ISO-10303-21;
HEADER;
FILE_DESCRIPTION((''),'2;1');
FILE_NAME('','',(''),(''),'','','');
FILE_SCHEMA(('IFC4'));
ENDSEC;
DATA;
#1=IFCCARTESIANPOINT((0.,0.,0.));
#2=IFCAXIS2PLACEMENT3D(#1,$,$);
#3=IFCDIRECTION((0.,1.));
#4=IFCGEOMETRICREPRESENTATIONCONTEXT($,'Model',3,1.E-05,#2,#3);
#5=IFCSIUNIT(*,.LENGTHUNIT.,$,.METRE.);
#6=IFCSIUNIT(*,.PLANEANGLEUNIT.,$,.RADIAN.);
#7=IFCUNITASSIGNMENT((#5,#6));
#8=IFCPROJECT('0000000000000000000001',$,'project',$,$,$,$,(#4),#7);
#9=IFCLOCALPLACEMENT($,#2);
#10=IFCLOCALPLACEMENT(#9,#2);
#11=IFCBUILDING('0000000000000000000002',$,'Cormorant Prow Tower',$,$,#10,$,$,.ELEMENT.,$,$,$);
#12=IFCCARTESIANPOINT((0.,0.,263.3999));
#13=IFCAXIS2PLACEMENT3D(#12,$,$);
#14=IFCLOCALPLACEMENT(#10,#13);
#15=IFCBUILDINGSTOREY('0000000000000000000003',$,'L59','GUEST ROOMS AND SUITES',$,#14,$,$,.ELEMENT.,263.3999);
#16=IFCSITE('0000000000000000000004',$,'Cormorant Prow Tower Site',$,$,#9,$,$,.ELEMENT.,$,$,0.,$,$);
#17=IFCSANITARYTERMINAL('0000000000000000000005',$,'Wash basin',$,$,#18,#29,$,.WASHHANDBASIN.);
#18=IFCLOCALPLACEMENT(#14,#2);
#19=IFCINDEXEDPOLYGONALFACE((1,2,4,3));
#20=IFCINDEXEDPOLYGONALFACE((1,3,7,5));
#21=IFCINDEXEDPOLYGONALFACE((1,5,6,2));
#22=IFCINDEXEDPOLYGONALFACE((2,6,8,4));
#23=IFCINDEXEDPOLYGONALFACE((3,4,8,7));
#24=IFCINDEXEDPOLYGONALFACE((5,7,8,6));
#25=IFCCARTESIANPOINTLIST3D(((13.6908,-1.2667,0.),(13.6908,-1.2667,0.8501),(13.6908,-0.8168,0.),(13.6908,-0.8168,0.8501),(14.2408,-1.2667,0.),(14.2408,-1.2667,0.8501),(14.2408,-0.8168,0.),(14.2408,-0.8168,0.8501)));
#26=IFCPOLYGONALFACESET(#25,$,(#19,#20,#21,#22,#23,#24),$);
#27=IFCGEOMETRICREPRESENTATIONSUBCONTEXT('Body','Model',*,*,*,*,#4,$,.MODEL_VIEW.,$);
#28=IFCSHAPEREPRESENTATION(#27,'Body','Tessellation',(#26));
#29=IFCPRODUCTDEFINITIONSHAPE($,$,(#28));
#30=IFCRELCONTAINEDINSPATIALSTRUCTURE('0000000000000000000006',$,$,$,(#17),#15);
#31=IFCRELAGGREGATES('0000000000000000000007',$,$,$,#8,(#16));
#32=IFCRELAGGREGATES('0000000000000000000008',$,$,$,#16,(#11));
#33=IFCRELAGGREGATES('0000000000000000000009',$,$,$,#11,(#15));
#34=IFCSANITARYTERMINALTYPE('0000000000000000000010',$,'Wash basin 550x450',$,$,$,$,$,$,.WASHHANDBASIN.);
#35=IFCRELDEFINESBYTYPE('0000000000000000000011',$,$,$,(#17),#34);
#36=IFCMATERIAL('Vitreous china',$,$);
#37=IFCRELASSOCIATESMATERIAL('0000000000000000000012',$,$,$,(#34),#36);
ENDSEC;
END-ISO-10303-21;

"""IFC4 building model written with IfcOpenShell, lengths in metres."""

from ifc_helpers import new_model, si_unit, direction, frame, origin, origin_2d, place, context, subcontext, project, spatial, rectangle, extrude, material, type_object, element, save


model = new_model("IFC4")

# Units and contexts
model_context = context("Model", 3, precision=1e-05, world=origin(), true_north=direction((0.0, 1.0)))
body_context = subcontext(model_context, "Body", "Model", "MODEL_VIEW")
ifc_project = project(units=[si_unit("LENGTHUNIT", "METRE"), si_unit("PLANEANGLEUNIT", "RADIAN")], contexts=[model_context])

# Site, building, storey
site_placement = place(None, origin())
site = spatial("IfcSite", under=ifc_project, at=site_placement, Name="Cormorant Prow Tower Site", CompositionType="ELEMENT", RefElevation=0.0)
building_placement = place(site_placement, origin())
building = spatial("IfcBuilding", under=site, at=building_placement, Name="Cormorant Prow Tower", CompositionType="ELEMENT")
storey_placement = place(building_placement, frame((0.0, 0.0, 263.3999)))
storey = spatial("IfcBuildingStorey", under=building, at=storey_placement, Name="L59", Description="GUEST ROOMS AND SUITES", CompositionType="ELEMENT", Elevation=263.3999)

# Sanitary terminal
ifc_material_1 = material(Name="Vitreous china")
sanitary_terminal_type = type_object("IfcSanitaryTerminalType", Name="Wash basin 550x450", PredefinedType="WASHHANDBASIN", material=ifc_material_1)
sanitary_terminal_placement = place(storey_placement, frame((13.9658, -1.0417, 0.0), z_axis=(0.0, 0.0, 1.0), x_axis=(1.0, 0.0, 0.0)))
element("IfcSanitaryTerminal", 1, at=sanitary_terminal_placement, inside=storey, type_object=sanitary_terminal_type, Name="Wash basin", PredefinedType="WASHHANDBASIN", context=body_context, shape_type="SweptSolid", body=[
    extrude(rectangle(XDim=0.55, YDim=0.45, at=origin_2d()), origin(), (0.0, 0.0, 1.0), 0.8501),
])

save(model, "model.ifc")
